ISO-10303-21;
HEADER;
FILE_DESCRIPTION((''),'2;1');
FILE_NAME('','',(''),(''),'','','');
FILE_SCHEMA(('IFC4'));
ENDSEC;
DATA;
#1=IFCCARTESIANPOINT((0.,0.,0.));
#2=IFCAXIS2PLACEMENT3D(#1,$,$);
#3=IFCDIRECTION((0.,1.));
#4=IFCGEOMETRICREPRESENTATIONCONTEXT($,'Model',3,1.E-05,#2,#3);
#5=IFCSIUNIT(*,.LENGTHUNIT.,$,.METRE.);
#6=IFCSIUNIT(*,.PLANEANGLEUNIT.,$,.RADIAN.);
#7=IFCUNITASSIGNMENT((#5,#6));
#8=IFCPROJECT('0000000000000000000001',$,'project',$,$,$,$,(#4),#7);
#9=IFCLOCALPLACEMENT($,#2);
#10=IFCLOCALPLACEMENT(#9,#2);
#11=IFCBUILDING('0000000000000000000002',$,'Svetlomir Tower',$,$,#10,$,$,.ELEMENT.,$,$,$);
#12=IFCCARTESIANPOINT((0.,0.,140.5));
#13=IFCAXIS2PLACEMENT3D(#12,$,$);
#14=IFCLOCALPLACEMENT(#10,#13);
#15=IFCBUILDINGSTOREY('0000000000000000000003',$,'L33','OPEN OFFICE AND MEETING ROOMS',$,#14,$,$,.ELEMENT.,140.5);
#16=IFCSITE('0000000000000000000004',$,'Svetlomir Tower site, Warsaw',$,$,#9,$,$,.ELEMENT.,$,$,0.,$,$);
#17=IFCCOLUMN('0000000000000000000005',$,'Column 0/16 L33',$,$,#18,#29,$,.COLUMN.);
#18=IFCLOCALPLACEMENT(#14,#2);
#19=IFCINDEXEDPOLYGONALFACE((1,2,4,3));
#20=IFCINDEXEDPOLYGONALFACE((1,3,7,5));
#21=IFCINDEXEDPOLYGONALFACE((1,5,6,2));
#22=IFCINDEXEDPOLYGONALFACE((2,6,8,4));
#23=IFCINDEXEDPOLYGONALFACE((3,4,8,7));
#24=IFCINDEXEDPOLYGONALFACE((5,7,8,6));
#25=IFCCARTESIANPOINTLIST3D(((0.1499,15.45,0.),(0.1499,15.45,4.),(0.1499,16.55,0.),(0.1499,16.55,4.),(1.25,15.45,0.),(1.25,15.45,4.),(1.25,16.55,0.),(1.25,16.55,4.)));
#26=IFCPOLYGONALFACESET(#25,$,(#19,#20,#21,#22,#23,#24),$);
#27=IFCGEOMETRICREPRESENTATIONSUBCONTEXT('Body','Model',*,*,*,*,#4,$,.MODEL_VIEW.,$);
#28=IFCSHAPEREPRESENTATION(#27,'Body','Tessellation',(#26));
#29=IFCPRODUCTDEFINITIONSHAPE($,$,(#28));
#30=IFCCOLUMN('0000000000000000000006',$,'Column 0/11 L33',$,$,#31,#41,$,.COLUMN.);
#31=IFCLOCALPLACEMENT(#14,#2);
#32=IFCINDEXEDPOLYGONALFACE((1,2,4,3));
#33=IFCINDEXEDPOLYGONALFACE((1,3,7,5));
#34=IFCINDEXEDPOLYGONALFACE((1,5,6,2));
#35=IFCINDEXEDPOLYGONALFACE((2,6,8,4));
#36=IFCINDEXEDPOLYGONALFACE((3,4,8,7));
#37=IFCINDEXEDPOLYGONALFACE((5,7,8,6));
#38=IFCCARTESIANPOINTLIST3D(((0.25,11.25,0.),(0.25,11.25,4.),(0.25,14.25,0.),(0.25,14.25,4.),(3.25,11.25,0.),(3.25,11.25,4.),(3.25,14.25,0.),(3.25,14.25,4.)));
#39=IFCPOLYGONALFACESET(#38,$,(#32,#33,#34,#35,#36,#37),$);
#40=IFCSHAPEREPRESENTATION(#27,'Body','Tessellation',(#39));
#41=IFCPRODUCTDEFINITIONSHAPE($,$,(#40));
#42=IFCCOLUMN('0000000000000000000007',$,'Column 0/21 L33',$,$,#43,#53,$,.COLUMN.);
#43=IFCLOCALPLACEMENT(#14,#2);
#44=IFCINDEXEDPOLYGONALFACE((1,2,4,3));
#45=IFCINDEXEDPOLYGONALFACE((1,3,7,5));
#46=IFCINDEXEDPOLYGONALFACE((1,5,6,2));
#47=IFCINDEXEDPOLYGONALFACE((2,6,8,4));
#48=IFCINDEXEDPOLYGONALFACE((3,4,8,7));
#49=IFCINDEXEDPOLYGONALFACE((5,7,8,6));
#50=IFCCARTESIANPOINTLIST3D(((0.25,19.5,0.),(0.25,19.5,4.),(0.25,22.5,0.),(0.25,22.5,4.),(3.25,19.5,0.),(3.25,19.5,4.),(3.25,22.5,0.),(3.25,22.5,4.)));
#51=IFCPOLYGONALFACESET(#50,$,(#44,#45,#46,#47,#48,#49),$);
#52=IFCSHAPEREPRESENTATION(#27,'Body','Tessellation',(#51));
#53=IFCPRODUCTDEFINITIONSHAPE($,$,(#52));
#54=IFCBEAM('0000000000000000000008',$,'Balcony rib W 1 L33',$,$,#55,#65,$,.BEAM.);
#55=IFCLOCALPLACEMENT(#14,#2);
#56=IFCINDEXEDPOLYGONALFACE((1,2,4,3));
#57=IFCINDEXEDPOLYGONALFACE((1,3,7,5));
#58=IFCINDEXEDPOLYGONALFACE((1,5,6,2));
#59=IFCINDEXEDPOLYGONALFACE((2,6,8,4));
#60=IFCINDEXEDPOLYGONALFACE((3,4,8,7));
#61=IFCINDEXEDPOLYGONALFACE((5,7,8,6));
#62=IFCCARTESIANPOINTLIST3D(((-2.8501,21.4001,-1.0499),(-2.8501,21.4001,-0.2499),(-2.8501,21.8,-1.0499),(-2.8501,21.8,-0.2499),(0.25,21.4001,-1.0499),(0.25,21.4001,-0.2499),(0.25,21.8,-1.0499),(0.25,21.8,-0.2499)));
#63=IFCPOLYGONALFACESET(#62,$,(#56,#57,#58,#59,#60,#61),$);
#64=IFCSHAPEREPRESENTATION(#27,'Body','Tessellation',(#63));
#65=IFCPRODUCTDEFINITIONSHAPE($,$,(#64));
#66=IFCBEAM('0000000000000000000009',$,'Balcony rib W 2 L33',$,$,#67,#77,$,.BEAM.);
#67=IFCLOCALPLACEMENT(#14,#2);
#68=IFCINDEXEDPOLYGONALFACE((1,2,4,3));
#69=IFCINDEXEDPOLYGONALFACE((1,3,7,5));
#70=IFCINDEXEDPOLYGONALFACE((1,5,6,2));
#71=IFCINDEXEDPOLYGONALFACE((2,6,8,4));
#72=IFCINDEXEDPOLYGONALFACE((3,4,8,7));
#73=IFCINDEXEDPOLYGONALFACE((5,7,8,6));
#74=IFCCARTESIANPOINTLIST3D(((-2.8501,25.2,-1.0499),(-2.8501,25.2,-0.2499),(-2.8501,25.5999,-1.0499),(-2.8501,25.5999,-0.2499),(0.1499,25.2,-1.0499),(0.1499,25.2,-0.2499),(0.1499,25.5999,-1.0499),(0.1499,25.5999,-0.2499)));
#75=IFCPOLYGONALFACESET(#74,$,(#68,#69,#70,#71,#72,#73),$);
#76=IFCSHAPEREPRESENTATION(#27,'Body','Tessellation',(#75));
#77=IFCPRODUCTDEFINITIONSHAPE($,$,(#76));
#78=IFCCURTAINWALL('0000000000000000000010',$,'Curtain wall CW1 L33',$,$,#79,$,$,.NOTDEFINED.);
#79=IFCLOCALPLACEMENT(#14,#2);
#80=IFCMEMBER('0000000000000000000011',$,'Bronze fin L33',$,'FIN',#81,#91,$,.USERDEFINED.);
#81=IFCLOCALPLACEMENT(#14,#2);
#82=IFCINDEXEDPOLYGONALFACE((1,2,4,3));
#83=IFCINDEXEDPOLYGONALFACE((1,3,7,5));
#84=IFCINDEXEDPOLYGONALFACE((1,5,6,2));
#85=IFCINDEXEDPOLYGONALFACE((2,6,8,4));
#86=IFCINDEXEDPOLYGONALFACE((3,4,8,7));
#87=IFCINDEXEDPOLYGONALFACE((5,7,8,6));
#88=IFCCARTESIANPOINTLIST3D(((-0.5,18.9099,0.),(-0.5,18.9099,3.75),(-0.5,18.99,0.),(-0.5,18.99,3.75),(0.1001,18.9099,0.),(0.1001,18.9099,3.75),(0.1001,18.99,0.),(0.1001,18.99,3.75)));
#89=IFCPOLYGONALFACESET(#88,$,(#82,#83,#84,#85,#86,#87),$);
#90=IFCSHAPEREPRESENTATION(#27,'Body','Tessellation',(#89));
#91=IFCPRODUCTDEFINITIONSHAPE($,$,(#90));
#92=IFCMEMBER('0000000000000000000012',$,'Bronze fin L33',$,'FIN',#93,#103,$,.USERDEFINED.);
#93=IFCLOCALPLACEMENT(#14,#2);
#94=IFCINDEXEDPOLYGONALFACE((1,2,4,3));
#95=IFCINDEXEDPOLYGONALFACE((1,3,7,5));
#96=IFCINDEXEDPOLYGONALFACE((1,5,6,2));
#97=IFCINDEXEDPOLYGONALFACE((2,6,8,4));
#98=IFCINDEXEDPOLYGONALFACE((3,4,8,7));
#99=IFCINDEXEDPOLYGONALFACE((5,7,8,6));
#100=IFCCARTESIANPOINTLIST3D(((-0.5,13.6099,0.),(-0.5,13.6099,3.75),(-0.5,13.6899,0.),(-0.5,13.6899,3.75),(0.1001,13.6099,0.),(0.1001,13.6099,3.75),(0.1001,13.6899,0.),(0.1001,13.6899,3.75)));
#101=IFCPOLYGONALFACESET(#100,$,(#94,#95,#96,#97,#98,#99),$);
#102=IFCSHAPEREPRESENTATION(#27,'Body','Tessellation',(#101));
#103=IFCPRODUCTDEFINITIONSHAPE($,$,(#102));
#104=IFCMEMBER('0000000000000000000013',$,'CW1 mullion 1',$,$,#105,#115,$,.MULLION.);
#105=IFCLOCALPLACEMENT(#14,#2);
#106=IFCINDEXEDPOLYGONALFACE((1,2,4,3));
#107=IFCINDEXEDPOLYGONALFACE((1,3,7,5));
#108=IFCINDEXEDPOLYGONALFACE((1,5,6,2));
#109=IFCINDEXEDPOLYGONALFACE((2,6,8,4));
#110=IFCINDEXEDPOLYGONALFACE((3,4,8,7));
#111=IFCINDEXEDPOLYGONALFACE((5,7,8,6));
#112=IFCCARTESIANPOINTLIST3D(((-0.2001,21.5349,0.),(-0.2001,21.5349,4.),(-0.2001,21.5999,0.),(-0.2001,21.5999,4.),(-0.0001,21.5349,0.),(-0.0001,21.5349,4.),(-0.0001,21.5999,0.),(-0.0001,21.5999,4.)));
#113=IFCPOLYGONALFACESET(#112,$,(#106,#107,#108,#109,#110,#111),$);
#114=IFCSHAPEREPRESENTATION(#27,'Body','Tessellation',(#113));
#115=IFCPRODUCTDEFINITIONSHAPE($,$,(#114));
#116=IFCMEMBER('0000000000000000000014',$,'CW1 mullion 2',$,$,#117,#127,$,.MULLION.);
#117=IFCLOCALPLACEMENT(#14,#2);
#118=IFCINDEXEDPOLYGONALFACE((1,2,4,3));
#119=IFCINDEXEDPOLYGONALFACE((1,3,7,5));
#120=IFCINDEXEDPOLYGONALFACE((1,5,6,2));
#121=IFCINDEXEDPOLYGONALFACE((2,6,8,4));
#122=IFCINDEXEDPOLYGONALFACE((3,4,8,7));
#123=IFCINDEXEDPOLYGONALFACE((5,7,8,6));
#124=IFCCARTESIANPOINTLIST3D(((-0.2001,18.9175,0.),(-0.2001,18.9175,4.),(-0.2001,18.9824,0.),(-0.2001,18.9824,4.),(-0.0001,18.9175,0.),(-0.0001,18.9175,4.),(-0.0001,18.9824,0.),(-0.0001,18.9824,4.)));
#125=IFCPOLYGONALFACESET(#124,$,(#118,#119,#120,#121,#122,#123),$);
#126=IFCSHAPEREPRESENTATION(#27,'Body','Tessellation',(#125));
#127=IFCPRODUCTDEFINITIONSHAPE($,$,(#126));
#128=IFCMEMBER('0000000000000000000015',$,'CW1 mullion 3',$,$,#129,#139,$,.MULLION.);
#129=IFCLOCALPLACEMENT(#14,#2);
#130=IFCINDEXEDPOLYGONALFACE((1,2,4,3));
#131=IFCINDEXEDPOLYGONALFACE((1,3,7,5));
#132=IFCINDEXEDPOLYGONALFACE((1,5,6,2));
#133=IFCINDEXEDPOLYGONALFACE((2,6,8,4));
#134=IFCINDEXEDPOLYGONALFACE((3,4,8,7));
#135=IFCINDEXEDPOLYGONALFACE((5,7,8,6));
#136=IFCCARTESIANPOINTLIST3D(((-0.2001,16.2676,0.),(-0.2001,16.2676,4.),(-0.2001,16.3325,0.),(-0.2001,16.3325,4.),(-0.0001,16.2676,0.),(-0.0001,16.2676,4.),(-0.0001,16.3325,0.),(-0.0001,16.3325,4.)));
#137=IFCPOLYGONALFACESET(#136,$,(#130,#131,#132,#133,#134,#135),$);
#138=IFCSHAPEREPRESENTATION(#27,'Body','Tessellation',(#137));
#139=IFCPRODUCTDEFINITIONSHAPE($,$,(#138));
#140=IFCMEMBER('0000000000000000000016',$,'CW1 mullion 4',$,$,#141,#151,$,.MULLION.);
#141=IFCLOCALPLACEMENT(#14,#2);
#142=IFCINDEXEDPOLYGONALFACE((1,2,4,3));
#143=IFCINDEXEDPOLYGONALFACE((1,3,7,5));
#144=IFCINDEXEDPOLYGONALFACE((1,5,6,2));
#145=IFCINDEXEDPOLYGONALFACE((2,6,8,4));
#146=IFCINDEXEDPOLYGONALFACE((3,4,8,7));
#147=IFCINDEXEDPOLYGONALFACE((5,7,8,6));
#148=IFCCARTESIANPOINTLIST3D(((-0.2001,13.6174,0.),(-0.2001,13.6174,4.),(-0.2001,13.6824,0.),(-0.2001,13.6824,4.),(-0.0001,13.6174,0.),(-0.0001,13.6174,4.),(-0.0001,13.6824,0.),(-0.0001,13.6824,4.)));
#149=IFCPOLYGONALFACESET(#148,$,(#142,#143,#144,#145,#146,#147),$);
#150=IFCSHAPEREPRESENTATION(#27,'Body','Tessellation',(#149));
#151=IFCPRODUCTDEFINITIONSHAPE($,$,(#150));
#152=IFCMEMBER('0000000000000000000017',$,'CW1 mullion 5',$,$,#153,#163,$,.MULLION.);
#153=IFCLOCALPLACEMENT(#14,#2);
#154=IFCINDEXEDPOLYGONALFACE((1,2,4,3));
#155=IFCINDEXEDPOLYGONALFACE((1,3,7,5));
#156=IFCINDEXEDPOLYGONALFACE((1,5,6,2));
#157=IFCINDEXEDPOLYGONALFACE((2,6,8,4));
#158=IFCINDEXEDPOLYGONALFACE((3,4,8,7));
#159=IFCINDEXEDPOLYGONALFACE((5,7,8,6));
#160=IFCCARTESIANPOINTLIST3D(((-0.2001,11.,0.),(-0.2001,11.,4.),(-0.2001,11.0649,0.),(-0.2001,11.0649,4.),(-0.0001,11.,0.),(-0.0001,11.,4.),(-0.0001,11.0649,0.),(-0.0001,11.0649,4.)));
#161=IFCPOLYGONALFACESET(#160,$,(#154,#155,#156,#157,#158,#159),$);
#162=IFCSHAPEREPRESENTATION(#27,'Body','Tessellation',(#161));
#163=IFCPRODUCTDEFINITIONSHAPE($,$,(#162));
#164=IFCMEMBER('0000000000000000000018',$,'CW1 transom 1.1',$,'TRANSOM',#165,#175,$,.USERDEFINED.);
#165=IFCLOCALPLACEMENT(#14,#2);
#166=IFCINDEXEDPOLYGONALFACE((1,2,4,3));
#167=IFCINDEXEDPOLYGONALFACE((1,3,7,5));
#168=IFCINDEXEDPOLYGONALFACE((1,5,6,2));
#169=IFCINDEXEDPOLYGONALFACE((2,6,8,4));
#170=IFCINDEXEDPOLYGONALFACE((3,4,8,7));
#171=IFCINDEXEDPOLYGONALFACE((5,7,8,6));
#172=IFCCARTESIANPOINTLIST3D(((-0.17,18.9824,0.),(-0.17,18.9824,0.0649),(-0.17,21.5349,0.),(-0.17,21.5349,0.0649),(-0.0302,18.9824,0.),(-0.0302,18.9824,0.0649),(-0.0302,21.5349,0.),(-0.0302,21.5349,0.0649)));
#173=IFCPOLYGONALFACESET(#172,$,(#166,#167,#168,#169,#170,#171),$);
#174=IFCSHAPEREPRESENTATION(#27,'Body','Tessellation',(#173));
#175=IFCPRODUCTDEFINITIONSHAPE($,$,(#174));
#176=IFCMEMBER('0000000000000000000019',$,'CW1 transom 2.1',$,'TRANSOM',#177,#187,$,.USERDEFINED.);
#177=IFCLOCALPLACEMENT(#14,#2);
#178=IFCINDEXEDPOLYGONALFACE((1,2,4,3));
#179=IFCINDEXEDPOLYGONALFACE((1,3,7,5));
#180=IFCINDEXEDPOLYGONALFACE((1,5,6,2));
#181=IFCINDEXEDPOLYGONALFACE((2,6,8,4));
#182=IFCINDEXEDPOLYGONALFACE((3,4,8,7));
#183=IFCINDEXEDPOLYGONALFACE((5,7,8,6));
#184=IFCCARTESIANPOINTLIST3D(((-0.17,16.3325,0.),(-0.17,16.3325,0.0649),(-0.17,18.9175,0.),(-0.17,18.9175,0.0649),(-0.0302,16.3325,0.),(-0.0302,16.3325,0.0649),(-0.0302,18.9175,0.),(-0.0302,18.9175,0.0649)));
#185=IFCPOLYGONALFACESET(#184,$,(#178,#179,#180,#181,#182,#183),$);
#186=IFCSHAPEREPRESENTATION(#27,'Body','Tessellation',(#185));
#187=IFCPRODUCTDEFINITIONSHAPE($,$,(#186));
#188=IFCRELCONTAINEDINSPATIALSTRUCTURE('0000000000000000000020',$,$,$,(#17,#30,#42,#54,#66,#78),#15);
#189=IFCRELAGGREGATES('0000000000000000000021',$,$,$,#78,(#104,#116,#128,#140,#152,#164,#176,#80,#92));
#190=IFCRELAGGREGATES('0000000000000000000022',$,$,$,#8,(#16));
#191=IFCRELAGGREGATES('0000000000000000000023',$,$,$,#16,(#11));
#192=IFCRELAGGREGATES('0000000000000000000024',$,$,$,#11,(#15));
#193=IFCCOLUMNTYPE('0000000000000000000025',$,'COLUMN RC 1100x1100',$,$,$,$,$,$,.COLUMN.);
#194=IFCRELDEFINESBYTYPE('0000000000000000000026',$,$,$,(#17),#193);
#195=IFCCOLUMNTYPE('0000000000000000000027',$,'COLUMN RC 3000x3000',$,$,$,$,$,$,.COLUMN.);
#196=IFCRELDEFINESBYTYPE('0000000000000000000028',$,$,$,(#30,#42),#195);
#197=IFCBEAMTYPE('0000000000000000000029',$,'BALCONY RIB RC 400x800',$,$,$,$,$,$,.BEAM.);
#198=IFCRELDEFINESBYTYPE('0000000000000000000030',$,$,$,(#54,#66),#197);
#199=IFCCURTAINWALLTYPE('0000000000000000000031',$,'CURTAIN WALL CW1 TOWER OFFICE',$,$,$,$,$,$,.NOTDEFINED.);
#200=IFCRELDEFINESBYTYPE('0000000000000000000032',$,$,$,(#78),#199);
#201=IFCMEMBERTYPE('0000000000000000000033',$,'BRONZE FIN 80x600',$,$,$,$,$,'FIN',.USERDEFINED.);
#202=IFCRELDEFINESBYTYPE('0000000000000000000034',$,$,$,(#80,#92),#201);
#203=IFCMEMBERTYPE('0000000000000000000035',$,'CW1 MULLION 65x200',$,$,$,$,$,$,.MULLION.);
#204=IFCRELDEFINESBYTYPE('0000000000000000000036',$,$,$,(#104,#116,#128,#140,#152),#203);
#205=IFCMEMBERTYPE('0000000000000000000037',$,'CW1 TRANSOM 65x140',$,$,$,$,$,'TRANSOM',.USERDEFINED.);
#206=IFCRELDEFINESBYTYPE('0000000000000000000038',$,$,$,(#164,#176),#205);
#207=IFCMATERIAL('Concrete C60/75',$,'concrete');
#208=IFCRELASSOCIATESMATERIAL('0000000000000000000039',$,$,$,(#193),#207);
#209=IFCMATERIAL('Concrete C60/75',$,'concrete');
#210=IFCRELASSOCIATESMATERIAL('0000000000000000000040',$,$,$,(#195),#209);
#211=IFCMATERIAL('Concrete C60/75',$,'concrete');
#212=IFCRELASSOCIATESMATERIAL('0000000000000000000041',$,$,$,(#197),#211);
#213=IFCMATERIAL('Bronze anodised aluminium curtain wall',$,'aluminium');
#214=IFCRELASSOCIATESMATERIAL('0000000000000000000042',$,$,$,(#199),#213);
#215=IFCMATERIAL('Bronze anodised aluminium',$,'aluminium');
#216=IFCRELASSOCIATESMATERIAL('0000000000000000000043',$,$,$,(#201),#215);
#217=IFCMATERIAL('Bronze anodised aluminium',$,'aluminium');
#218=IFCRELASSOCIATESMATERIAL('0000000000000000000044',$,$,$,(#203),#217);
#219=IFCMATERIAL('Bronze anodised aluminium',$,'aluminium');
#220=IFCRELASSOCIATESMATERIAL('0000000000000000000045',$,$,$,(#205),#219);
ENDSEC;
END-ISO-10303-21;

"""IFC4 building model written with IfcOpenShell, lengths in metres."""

from ifc_helpers import new_model, si_unit, direction, frame, origin, origin_2d, place, context, subcontext, project, spatial, rectangle, extrude, material, material_profile, profile_set, type_object, element, aggregate, save


model = new_model("IFC4")

# Units and contexts
model_context = context("Model", 3, precision=1e-05, world=origin(), true_north=direction((0.0, 1.0)))
body_context = subcontext(model_context, "Body", "Model", "MODEL_VIEW")
ifc_project = project(units=[si_unit("LENGTHUNIT", "METRE"), si_unit("PLANEANGLEUNIT", "RADIAN")], contexts=[model_context])

# Site, building, storey
site_placement = place(None, origin())
site = spatial("IfcSite", under=ifc_project, at=site_placement, Name="Svetlomir Tower site, Warsaw", CompositionType="ELEMENT", RefElevation=0.0)
building_placement = place(site_placement, origin())
building = spatial("IfcBuilding", under=site, at=building_placement, Name="Svetlomir Tower", CompositionType="ELEMENT")
storey_placement = place(building_placement, frame((0.0, 0.0, 140.5)))
storey = spatial("IfcBuildingStorey", under=building, at=storey_placement, Name="L33", Description="OPEN OFFICE AND MEETING ROOMS", CompositionType="ELEMENT", Elevation=140.5)

# Columns
ifc_material_1 = material(Name="Concrete C60/75", Category="concrete")
ifc_material_profile_1 = material_profile(ifc_material_1, rectangle(XDim=1.1001, YDim=1.1001, at=origin_2d()), Name="RC 1100x1100")
ifc_profile_set_1 = profile_set([ifc_material_profile_1], Name="Concrete C60/75")
column_type_1 = type_object("IfcColumnType", Name="COLUMN RC 1100x1100", PredefinedType="COLUMN", material=ifc_profile_set_1)
column_placement = place(storey_placement, frame((0.7, 16.0, 0.0), z_axis=(0.0, 0.0, 1.0), x_axis=(1.0, 0.0, 0.0)))
element("IfcColumn", 1, at=column_placement, inside=storey, type_object=column_type_1, Name="Column 0/16 L33", PredefinedType="COLUMN", context=body_context, shape_type="SweptSolid", body=[
    extrude(rectangle(XDim=1.1001, YDim=1.1001, at=origin_2d()), origin(), (0.0, 0.0, 1.0), 4.0),
])
ifc_material_2 = material(Name="Concrete C60/75", Category="concrete")
ifc_material_profile_2 = material_profile(ifc_material_2, rectangle(XDim=3.0, YDim=3.0, at=origin_2d()), Name="RC 3000x3000")
ifc_profile_set_2 = profile_set([ifc_material_profile_2], Name="Concrete C60/75")
column_type_2 = type_object("IfcColumnType", Name="COLUMN RC 3000x3000", PredefinedType="COLUMN", material=ifc_profile_set_2)
for number, where, z_axis, x_axis, name in (
    (2, (1.75, 12.75, 0.0), (0.0, 0.0, 1.0), (1.0, 0.0, 0.0), "Column 0/11 L33"),
    (3, (1.75, 21.0, 0.0), (0.0, 0.0, 1.0), (1.0, 0.0, 0.0), "Column 0/21 L33"),
):
    element("IfcColumn", number, at=place(storey_placement, frame(where, z_axis=z_axis, x_axis=x_axis)), inside=storey, type_object=column_type_2, Name=name, PredefinedType="COLUMN", context=body_context, shape_type="SweptSolid", body=[
        extrude(rectangle(XDim=3.0, YDim=3.0, at=origin_2d()), origin(), (0.0, 0.0, 1.0), 4.0),
    ])

# Beams
ifc_material_3 = material(Name="Concrete C60/75", Category="concrete")
ifc_material_profile_3 = material_profile(ifc_material_3, rectangle(XDim=0.3999, YDim=0.8, at=origin_2d()), Name="RC 400x800")
ifc_profile_set_3 = profile_set([ifc_material_profile_3], Name="Concrete C60/75")
beam_type_1 = type_object("IfcBeamType", Name="BALCONY RIB RC 400x800", PredefinedType="BEAM", material=ifc_profile_set_3)
beam_1_placement = place(storey_placement, frame((0.25, 21.6001, -0.6499), z_axis=(-1.0, 0.0, 0.0), x_axis=(0.0, -1.0, 0.0)))
element("IfcBeam", 4, at=beam_1_placement, inside=storey, type_object=beam_type_1, Name="Balcony rib W 1 L33", PredefinedType="BEAM", context=body_context, shape_type="SweptSolid", body=[
    extrude(rectangle(XDim=0.3999, YDim=0.8, at=origin_2d()), origin(), (0.0, 0.0, 1.0), 3.1001),
])
beam_2_placement = place(storey_placement, frame((0.1499, 25.3999, -0.6499), z_axis=(-1.0, 0.0, 0.0), x_axis=(0.0, -1.0, 0.0)))
element("IfcBeam", 5, at=beam_2_placement, inside=storey, type_object=beam_type_1, Name="Balcony rib W 2 L33", PredefinedType="BEAM", context=body_context, shape_type="SweptSolid", body=[
    extrude(rectangle(XDim=0.3999, YDim=0.8, at=origin_2d()), origin(), (0.0, 0.0, 1.0), 3.0),
])

# Curtain wall, members
ifc_material_4 = material(Name="Bronze anodised aluminium curtain wall", Category="aluminium")
curtain_wall_type = type_object("IfcCurtainWallType", Name="CURTAIN WALL CW1 TOWER OFFICE", PredefinedType="NOTDEFINED", material=ifc_material_4)
curtain_wall_placement = place(storey_placement, origin())
curtain_wall = element("IfcCurtainWall", 6, at=curtain_wall_placement, inside=storey, type_object=curtain_wall_type, Name="Curtain wall CW1 L33", PredefinedType="NOTDEFINED")
ifc_material_5 = material(Name="Bronze anodised aluminium", Category="aluminium")
ifc_material_profile_4 = material_profile(ifc_material_5, rectangle(XDim=0.0801, YDim=0.6001, at=origin_2d()), Name="FIN 80x600")
ifc_profile_set_4 = profile_set([ifc_material_profile_4], Name="Bronze anodised aluminium 6063-T6")
member_type_1 = type_object("IfcMemberType", Name="BRONZE FIN 80x600", ElementType="FIN", PredefinedType="USERDEFINED", material=ifc_profile_set_4)
member_1_placement = place(storey_placement, frame((-0.2, 18.95, 0.0), z_axis=(0.0, 0.0, 1.0), x_axis=(0.0, 1.0, 0.0)))
member_1 = element("IfcMember", 7, at=member_1_placement, type_object=member_type_1, Name="Bronze fin L33", ObjectType="FIN", PredefinedType="USERDEFINED", context=body_context, shape_type="SweptSolid", body=[
    extrude(rectangle(XDim=0.0801, YDim=0.6001, at=origin_2d()), origin(), (0.0, 0.0, 1.0), 3.75),
])
member_2_placement = place(storey_placement, frame((-0.2, 13.6499, 0.0), z_axis=(0.0, 0.0, 1.0), x_axis=(0.0, 1.0, 0.0)))
member_2 = element("IfcMember", 8, at=member_2_placement, type_object=member_type_1, Name="Bronze fin L33", ObjectType="FIN", PredefinedType="USERDEFINED", context=body_context, shape_type="SweptSolid", body=[
    extrude(rectangle(XDim=0.0801, YDim=0.6001, at=origin_2d()), origin(), (0.0, 0.0, 1.0), 3.75),
])
ifc_material_6 = material(Name="Bronze anodised aluminium", Category="aluminium")
ifc_material_profile_5 = material_profile(ifc_material_6, rectangle(XDim=0.0649, YDim=0.2, at=origin_2d()), Name="AL 65x200")
ifc_profile_set_5 = profile_set([ifc_material_profile_5], Name="Bronze anodised aluminium 6063-T6")
member_type_2 = type_object("IfcMemberType", Name="CW1 MULLION 65x200", PredefinedType="MULLION", material=ifc_profile_set_5)
member_3_placement = place(storey_placement, frame((-0.1001, 21.5674, 0.0), z_axis=(0.0, 0.0, 1.0), x_axis=(0.0, -1.0, 0.0)))
member_3 = element("IfcMember", 9, at=member_3_placement, type_object=member_type_2, Name="CW1 mullion 1", PredefinedType="MULLION", context=body_context, shape_type="SweptSolid", body=[
    extrude(rectangle(XDim=0.0649, YDim=0.2, at=origin_2d()), origin(), (0.0, 0.0, 1.0), 4.0),
])
member_4_placement = place(storey_placement, frame((-0.1001, 18.95, 0.0), z_axis=(0.0, 0.0, 1.0), x_axis=(0.0, -1.0, 0.0)))
member_4 = element("IfcMember", 10, at=member_4_placement, type_object=member_type_2, Name="CW1 mullion 2", PredefinedType="MULLION", context=body_context, shape_type="SweptSolid", body=[
    extrude(rectangle(XDim=0.0649, YDim=0.2, at=origin_2d()), origin(), (0.0, 0.0, 1.0), 4.0),
])
member_5_placement = place(storey_placement, frame((-0.1001, 16.3, 0.0), z_axis=(0.0, 0.0, 1.0), x_axis=(0.0, -1.0, 0.0)))
member_5 = element("IfcMember", 11, at=member_5_placement, type_object=member_type_2, Name="CW1 mullion 3", PredefinedType="MULLION", context=body_context, shape_type="SweptSolid", body=[
    extrude(rectangle(XDim=0.0649, YDim=0.2, at=origin_2d()), origin(), (0.0, 0.0, 1.0), 4.0),
])
member_6_placement = place(storey_placement, frame((-0.1001, 13.6499, 0.0), z_axis=(0.0, 0.0, 1.0), x_axis=(0.0, -1.0, 0.0)))
member_6 = element("IfcMember", 12, at=member_6_placement, type_object=member_type_2, Name="CW1 mullion 4", PredefinedType="MULLION", context=body_context, shape_type="SweptSolid", body=[
    extrude(rectangle(XDim=0.0649, YDim=0.2, at=origin_2d()), origin(), (0.0, 0.0, 1.0), 4.0),
])
member_7_placement = place(storey_placement, frame((-0.1001, 11.0325, 0.0), z_axis=(0.0, 0.0, 1.0), x_axis=(0.0, -1.0, 0.0)))
member_7 = element("IfcMember", 13, at=member_7_placement, type_object=member_type_2, Name="CW1 mullion 5", PredefinedType="MULLION", context=body_context, shape_type="SweptSolid", body=[
    extrude(rectangle(XDim=0.0649, YDim=0.2, at=origin_2d()), origin(), (0.0, 0.0, 1.0), 4.0),
])
ifc_material_7 = material(Name="Bronze anodised aluminium", Category="aluminium")
ifc_material_profile_6 = material_profile(ifc_material_7, rectangle(XDim=0.1399, YDim=0.0649, at=origin_2d()), Name="AL 140x65")
ifc_profile_set_6 = profile_set([ifc_material_profile_6], Name="Bronze anodised aluminium 6063-T6")
member_type_3 = type_object("IfcMemberType", Name="CW1 TRANSOM 65x140", ElementType="TRANSOM", PredefinedType="USERDEFINED", material=ifc_profile_set_6)
member_8_placement = place(storey_placement, frame((-0.1001, 21.5349, 0.0325), z_axis=(0.0, -1.0, 0.0), x_axis=(1.0, 0.0, 0.0)))
member_8 = element("IfcMember", 14, at=member_8_placement, type_object=member_type_3, Name="CW1 transom 1.1", ObjectType="TRANSOM", PredefinedType="USERDEFINED", context=body_context, shape_type="SweptSolid", body=[
    extrude(rectangle(XDim=0.1399, YDim=0.0649, at=origin_2d()), origin(), (0.0, 0.0, 1.0), 2.5525),
])
member_9_placement = place(storey_placement, frame((-0.1001, 18.9175, 0.0325), z_axis=(0.0, -1.0, 0.0), x_axis=(1.0, 0.0, 0.0)))
member_9 = element("IfcMember", 15, at=member_9_placement, type_object=member_type_3, Name="CW1 transom 2.1", ObjectType="TRANSOM", PredefinedType="USERDEFINED", context=body_context, shape_type="SweptSolid", body=[
    extrude(rectangle(XDim=0.1399, YDim=0.0649, at=origin_2d()), origin(), (0.0, 0.0, 1.0), 2.585),
])

aggregate(curtain_wall, [member_3, member_4, member_5, member_6, member_7, member_8, member_9, member_1, member_2])

save(model, "model.ifc")
